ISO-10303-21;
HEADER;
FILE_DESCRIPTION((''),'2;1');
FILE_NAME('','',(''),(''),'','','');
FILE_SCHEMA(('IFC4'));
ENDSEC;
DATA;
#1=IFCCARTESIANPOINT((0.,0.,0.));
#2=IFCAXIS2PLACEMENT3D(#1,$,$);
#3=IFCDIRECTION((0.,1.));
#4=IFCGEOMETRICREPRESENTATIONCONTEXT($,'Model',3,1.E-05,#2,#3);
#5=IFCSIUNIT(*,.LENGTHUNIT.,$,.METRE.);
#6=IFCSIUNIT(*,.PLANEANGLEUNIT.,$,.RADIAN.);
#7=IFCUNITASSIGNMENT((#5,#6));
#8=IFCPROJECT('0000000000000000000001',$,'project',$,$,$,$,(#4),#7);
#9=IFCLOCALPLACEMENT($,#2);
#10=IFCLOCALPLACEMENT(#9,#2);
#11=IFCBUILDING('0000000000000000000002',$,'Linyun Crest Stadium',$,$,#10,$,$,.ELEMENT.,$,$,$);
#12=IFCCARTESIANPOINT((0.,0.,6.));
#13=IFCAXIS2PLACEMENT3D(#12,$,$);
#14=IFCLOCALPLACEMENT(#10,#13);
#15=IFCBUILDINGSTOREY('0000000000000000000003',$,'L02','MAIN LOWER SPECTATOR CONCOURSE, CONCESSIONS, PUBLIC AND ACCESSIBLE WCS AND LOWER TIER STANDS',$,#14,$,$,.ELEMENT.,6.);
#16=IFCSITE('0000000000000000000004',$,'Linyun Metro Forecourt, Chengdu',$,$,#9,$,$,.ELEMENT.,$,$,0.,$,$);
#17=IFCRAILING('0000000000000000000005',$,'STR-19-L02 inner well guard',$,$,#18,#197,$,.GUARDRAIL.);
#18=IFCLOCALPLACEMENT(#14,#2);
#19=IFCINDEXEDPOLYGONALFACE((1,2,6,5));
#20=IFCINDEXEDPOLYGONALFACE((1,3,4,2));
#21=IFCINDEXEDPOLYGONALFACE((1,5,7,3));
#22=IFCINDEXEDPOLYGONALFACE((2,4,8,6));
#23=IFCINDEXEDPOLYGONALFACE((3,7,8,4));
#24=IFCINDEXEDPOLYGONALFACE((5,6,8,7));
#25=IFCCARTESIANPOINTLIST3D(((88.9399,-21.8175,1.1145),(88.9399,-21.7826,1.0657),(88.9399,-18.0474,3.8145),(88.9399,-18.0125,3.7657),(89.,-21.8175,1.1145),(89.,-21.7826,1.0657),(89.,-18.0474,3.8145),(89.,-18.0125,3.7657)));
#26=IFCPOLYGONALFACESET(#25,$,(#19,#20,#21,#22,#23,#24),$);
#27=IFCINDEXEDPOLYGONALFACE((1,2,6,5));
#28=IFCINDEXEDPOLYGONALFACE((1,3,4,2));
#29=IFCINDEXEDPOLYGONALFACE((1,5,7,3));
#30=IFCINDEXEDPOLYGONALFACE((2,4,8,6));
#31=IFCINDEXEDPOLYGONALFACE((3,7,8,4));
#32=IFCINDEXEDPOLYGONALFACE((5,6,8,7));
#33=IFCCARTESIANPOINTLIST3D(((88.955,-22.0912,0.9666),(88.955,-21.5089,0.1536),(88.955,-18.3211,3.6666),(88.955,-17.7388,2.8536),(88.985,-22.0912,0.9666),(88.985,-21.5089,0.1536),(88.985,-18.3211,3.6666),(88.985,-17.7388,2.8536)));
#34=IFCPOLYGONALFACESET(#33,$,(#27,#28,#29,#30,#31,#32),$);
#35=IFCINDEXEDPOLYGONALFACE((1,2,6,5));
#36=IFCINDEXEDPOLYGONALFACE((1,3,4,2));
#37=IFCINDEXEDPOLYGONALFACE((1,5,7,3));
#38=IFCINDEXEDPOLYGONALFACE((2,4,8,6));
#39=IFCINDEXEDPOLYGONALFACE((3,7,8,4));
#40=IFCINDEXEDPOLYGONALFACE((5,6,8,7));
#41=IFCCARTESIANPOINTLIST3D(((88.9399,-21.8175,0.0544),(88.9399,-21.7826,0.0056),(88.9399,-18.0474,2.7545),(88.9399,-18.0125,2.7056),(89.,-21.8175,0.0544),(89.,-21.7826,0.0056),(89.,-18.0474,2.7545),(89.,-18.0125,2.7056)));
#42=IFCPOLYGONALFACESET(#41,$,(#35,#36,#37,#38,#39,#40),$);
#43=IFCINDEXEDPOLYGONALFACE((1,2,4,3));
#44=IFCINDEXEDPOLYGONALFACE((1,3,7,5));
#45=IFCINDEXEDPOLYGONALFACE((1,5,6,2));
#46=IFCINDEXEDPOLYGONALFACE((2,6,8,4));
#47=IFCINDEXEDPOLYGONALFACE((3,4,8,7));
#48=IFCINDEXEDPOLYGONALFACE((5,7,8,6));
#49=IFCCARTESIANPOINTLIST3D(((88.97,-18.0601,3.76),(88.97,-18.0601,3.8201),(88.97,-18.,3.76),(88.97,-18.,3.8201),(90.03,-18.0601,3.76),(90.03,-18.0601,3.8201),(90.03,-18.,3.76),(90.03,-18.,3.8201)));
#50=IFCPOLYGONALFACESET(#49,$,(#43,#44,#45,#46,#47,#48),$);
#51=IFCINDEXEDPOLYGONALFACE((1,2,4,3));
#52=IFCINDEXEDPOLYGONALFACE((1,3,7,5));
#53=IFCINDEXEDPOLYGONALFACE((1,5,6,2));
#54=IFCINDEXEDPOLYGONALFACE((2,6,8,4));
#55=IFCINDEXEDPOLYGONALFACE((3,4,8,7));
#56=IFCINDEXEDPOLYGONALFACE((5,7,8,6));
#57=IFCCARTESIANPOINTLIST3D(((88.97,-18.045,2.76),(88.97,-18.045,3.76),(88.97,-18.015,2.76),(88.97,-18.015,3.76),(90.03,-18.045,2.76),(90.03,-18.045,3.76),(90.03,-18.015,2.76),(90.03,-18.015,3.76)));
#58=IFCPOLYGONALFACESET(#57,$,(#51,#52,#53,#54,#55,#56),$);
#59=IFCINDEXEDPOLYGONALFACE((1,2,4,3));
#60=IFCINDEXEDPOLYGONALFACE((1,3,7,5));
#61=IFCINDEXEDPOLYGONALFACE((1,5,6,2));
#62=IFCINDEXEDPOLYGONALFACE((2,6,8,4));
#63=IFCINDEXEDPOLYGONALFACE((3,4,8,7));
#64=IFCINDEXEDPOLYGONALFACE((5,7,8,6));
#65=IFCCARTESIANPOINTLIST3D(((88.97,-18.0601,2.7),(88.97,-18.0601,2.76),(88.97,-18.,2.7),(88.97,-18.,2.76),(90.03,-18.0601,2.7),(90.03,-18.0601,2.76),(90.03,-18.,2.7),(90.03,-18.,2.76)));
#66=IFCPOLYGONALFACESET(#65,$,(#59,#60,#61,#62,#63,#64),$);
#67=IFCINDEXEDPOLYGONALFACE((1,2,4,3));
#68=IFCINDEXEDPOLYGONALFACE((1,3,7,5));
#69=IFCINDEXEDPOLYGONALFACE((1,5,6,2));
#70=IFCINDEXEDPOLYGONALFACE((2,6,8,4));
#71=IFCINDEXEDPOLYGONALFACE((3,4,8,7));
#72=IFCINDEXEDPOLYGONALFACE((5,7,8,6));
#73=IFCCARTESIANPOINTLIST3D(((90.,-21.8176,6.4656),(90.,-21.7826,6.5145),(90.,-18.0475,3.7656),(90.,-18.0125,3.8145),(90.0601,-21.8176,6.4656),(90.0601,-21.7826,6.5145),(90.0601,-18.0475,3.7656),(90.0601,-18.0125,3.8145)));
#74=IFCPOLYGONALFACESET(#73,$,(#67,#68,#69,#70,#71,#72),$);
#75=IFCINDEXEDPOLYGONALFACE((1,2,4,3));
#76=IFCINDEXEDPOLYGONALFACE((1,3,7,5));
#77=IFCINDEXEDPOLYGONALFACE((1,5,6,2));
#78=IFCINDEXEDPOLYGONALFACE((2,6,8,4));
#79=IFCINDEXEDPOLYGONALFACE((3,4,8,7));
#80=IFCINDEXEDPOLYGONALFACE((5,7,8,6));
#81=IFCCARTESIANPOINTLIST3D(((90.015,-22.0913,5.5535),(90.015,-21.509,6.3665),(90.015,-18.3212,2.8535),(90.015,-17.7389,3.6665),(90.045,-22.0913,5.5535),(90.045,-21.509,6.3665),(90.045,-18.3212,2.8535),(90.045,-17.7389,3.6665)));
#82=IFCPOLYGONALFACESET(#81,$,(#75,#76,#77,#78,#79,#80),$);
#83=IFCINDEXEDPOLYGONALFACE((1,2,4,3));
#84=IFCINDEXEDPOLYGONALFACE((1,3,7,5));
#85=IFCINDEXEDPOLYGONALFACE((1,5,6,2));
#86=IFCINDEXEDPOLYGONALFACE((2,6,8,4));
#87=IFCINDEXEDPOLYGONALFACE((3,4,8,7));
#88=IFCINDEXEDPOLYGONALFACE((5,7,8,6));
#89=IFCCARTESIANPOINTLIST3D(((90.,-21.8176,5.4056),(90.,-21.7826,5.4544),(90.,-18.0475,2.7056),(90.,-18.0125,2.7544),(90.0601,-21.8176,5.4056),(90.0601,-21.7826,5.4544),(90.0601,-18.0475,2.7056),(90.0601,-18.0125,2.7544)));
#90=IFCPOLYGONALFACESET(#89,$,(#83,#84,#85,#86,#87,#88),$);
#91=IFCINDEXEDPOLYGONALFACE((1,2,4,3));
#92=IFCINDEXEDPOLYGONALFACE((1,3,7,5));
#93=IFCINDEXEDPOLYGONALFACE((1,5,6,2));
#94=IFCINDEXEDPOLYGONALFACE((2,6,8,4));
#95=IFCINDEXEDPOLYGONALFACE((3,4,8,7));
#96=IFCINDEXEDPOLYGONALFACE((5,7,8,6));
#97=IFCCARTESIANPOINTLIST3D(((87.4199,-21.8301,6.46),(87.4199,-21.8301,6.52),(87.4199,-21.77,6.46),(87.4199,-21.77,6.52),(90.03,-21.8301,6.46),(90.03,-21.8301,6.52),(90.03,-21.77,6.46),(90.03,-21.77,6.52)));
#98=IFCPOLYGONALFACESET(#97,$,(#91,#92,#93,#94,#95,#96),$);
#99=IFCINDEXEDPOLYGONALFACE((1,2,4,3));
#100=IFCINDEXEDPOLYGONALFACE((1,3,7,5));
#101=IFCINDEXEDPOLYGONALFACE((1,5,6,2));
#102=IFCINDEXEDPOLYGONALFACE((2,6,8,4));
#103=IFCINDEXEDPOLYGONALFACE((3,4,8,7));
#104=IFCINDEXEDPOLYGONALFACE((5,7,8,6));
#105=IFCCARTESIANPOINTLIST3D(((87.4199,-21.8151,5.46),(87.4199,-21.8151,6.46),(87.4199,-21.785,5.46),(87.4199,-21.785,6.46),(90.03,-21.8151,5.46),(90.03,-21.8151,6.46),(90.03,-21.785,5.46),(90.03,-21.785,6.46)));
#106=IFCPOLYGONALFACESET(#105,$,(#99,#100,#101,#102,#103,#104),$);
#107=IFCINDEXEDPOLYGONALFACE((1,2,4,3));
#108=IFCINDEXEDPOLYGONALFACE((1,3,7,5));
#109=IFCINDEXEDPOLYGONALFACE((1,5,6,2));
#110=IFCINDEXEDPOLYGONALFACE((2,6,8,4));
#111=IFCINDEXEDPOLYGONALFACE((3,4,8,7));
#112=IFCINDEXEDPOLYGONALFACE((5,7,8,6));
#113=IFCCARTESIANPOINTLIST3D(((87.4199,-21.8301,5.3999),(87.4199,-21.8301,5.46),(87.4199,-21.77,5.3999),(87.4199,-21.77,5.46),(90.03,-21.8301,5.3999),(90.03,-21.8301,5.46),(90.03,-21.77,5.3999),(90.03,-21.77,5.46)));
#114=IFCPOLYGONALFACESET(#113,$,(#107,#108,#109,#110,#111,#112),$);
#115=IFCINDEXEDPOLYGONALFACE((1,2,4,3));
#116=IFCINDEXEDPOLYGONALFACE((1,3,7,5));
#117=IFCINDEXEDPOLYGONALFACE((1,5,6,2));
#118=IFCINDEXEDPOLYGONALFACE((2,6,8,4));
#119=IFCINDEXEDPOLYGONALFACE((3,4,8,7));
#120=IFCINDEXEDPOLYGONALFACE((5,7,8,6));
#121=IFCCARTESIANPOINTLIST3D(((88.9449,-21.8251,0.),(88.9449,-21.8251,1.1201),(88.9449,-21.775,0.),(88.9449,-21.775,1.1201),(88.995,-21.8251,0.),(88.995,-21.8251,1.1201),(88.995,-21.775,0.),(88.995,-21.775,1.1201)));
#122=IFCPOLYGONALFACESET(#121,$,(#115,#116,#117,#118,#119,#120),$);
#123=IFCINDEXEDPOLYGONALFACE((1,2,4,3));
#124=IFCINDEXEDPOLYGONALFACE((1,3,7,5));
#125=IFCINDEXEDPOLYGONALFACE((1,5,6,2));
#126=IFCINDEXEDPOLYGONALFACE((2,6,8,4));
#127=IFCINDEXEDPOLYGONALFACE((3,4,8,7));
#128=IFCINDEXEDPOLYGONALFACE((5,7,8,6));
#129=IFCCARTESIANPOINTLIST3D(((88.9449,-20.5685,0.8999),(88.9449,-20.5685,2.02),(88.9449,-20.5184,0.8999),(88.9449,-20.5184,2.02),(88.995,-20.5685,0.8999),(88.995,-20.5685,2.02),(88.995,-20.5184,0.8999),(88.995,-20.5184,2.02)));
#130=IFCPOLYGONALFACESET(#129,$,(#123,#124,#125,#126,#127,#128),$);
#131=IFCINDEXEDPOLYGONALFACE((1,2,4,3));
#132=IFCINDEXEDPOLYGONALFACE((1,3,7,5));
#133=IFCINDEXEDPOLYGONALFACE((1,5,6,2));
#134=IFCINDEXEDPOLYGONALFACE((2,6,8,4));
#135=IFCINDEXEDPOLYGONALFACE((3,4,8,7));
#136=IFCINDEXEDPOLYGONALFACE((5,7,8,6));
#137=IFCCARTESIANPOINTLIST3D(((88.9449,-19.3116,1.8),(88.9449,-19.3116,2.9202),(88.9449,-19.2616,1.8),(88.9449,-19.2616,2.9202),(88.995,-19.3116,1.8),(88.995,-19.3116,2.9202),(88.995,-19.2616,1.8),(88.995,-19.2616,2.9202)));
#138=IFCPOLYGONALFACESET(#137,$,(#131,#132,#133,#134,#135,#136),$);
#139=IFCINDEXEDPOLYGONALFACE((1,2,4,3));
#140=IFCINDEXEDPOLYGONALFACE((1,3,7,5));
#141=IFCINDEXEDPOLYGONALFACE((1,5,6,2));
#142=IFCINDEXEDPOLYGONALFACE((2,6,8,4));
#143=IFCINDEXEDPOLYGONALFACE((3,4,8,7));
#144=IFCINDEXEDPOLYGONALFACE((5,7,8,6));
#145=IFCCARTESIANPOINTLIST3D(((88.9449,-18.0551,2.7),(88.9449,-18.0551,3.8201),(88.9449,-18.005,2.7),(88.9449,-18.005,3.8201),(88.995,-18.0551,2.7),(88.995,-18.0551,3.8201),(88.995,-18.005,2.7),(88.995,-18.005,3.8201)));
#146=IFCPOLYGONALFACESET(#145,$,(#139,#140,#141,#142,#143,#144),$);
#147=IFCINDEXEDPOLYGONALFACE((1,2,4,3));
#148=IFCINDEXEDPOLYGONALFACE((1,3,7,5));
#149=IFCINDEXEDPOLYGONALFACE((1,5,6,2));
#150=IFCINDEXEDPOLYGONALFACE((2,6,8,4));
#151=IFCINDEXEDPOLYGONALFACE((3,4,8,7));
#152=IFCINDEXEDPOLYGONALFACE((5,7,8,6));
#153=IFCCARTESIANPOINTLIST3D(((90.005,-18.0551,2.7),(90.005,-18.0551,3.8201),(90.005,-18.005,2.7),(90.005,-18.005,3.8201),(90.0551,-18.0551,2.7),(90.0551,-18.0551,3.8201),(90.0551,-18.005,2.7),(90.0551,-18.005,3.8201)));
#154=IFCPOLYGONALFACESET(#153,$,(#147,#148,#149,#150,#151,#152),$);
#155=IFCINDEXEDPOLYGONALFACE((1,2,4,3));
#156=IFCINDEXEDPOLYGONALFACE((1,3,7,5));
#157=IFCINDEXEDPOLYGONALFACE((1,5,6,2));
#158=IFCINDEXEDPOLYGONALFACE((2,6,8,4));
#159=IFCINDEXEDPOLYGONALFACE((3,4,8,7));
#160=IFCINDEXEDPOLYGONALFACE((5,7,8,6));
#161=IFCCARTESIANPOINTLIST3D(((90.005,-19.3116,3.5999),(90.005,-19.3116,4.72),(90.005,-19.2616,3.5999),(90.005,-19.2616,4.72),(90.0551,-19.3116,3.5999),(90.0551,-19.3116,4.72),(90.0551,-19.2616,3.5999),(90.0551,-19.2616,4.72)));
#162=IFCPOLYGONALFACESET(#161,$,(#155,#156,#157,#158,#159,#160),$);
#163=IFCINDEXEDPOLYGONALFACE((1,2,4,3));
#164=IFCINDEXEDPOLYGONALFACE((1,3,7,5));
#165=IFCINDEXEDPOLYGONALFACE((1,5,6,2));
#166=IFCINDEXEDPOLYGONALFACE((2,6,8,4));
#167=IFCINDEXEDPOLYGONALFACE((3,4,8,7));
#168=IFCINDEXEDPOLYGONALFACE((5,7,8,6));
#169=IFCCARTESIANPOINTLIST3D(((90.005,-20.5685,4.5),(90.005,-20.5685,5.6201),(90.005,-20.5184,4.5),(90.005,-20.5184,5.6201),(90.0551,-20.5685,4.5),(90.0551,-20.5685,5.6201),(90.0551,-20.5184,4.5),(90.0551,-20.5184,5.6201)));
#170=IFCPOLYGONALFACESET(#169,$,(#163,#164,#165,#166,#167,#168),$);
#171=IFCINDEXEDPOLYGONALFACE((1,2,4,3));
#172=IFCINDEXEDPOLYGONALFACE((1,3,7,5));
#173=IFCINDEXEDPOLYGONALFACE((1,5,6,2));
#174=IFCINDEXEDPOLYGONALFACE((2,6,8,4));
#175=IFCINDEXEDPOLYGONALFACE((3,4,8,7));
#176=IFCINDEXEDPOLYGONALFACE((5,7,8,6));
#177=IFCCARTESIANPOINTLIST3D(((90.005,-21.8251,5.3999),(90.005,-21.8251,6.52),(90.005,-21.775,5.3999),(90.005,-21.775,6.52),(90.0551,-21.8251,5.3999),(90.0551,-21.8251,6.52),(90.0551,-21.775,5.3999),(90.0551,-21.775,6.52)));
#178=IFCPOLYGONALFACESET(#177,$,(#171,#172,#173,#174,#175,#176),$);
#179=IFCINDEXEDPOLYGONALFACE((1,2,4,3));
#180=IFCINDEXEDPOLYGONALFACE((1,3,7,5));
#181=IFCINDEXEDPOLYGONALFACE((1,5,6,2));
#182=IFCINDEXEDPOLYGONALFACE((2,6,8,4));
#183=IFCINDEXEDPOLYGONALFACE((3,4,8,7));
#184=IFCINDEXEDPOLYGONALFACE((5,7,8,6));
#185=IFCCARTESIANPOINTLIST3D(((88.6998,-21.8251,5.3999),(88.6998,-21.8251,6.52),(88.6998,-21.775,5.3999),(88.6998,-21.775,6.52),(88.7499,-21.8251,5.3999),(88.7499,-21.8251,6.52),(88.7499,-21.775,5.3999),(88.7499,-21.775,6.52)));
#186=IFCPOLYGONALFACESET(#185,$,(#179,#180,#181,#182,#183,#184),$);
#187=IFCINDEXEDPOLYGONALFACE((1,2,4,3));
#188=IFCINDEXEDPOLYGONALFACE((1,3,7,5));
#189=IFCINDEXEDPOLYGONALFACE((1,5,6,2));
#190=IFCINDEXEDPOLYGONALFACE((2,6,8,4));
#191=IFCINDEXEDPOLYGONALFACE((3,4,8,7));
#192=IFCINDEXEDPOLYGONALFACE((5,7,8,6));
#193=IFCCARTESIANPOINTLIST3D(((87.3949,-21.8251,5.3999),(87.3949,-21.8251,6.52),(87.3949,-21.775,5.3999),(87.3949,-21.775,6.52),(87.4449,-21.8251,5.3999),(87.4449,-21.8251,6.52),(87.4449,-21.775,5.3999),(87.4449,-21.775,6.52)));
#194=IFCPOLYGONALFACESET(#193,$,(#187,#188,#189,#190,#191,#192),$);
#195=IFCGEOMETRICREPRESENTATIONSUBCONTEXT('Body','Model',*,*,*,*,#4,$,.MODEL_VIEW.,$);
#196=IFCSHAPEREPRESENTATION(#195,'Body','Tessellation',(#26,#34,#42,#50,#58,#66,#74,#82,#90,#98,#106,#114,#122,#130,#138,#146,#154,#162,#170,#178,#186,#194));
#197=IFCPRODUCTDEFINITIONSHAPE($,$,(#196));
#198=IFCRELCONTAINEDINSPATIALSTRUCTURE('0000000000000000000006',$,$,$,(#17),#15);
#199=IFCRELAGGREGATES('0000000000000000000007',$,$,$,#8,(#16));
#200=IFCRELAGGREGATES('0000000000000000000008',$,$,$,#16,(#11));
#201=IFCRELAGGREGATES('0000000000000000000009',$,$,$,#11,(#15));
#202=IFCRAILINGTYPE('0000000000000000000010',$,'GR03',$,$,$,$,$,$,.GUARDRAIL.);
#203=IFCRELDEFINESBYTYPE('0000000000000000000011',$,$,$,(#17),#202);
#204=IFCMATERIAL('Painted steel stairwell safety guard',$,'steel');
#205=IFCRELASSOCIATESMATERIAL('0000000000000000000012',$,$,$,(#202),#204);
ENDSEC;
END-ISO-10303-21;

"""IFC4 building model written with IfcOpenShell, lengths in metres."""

from ifc_helpers import new_model, si_unit, direction, frame, origin, origin_2d, place, context, subcontext, project, spatial, rectangle, extrude, material, type_object, element, save


model = new_model("IFC4")

# Units and contexts
model_context = context("Model", 3, precision=1e-05, world=origin(), true_north=direction((0.0, 1.0)))
body_context = subcontext(model_context, "Body", "Model", "MODEL_VIEW")
ifc_project = project(units=[si_unit("LENGTHUNIT", "METRE"), si_unit("PLANEANGLEUNIT", "RADIAN")], contexts=[model_context])

# Site, building, storey
site_placement = place(None, origin())
site = spatial("IfcSite", under=ifc_project, at=site_placement, Name="Linyun Metro Forecourt, Chengdu", CompositionType="ELEMENT", RefElevation=0.0)
building_placement = place(site_placement, origin())
building = spatial("IfcBuilding", under=site, at=building_placement, Name="Linyun Crest Stadium", CompositionType="ELEMENT")
storey_placement = place(building_placement, frame((0.0, 0.0, 6.0)))
storey = spatial("IfcBuildingStorey", under=building, at=storey_placement, Name="L02", Description="MAIN LOWER SPECTATOR CONCOURSE, CONCESSIONS, PUBLIC AND ACCESSIBLE WCS AND LOWER TIER STANDS", CompositionType="ELEMENT", Elevation=6.0)

# Railing
ifc_material_1 = material(Name="Painted steel stairwell safety guard", Category="steel")
railing_type_1 = type_object("IfcRailingType", Name="GR03", PredefinedType="GUARDRAIL", material=ifc_material_1)
railing_1_placement = place(storey_placement, frame((88.97, -21.8, 0.0)))
element("IfcRailing", 1, at=railing_1_placement, inside=storey, type_object=railing_type_1, Name="STR-19-L02 inner well guard", PredefinedType="GUARDRAIL", context=body_context, shape_type="SweptSolid", body=[
    extrude(rectangle(XDim=0.0601, YDim=0.0601, at=origin_2d()), frame((0.0, 0.0, 1.0901), z_axis=(0.0, 0.813011, 0.582249), x_axis=(-1.0, 0.0, 0.0)), (0.0, 0.0, 1.0), 4.6372),
    extrude(rectangle(XDim=0.03, YDim=1.0, at=origin_2d()), frame((0.0, 0.0, 0.5601), z_axis=(0.0, 0.813011, 0.582249), x_axis=(-1.0, 0.0, 0.0)), (0.0, 0.0, 1.0), 4.6372),
    extrude(rectangle(XDim=0.0601, YDim=0.0601, at=origin_2d()), frame((0.0, 0.0, 0.03), z_axis=(0.0, 0.813011, 0.582249), x_axis=(-1.0, 0.0, 0.0)), (0.0, 0.0, 1.0), 4.6372),
    extrude(rectangle(XDim=0.0601, YDim=0.0601, at=origin_2d()), frame((0.0, 3.77, 3.79), z_axis=(1.0, 0.0, 0.0), x_axis=(0.0, 1.0, 0.0)), (0.0, 0.0, 1.0), 1.0601),
    extrude(rectangle(XDim=0.03, YDim=1.0, at=origin_2d()), frame((0.0, 3.77, 3.26), z_axis=(1.0, 0.0, 0.0), x_axis=(0.0, 1.0, 0.0)), (0.0, 0.0, 1.0), 1.0601),
    extrude(rectangle(XDim=0.0601, YDim=0.0601, at=origin_2d()), frame((0.0, 3.77, 2.73), z_axis=(1.0, 0.0, 0.0), x_axis=(0.0, 1.0, 0.0)), (0.0, 0.0, 1.0), 1.0601),
    extrude(rectangle(XDim=0.0601, YDim=0.0601, at=origin_2d()), frame((1.0601, 3.77, 3.79), z_axis=(0.0, -0.813011, 0.582249), x_axis=(1.0, 0.0, 0.0)), (0.0, 0.0, 1.0), 4.6372),
    extrude(rectangle(XDim=0.03, YDim=1.0, at=origin_2d()), frame((1.0601, 3.77, 3.26), z_axis=(0.0, -0.813011, 0.582249), x_axis=(1.0, 0.0, 0.0)), (0.0, 0.0, 1.0), 4.6372),
    extrude(rectangle(XDim=0.0601, YDim=0.0601, at=origin_2d()), frame((1.0601, 3.77, 2.73), z_axis=(0.0, -0.813011, 0.582249), x_axis=(1.0, 0.0, 0.0)), (0.0, 0.0, 1.0), 4.6372),
    extrude(rectangle(XDim=0.0601, YDim=0.0601, at=origin_2d()), frame((1.0601, 0.0, 6.49), z_axis=(-1.0, 0.0, 0.0), x_axis=(0.0, -1.0, 0.0)), (0.0, 0.0, 1.0), 2.6101),
    extrude(rectangle(XDim=0.03, YDim=1.0, at=origin_2d()), frame((1.0601, 0.0, 5.96), z_axis=(-1.0, 0.0, 0.0), x_axis=(0.0, -1.0, 0.0)), (0.0, 0.0, 1.0), 2.6101),
    extrude(rectangle(XDim=0.0601, YDim=0.0601, at=origin_2d()), frame((1.0601, 0.0, 5.4299), z_axis=(-1.0, 0.0, 0.0), x_axis=(0.0, -1.0, 0.0)), (0.0, 0.0, 1.0), 2.6101),
    extrude(rectangle(XDim=0.05, YDim=0.05, at=origin_2d()), origin(), (0.0, 0.0, 1.0), 1.1201),
    extrude(rectangle(XDim=0.05, YDim=0.05, at=origin_2d()), frame((0.0, 1.2566, 0.8999)), (0.0, 0.0, 1.0), 1.1201),
    extrude(rectangle(XDim=0.05, YDim=0.05, at=origin_2d()), frame((0.0, 2.5134, 1.8)), (0.0, 0.0, 1.0), 1.1201),
    extrude(rectangle(XDim=0.05, YDim=0.05, at=origin_2d()), frame((0.0, 3.77, 2.7)), (0.0, 0.0, 1.0), 1.1201),
    extrude(rectangle(XDim=0.05, YDim=0.05, at=origin_2d()), frame((1.0601, 3.77, 2.7)), (0.0, 0.0, 1.0), 1.1201),
    extrude(rectangle(XDim=0.05, YDim=0.05, at=origin_2d()), frame((1.0601, 2.5134, 3.5999)), (0.0, 0.0, 1.0), 1.1201),
    extrude(rectangle(XDim=0.05, YDim=0.05, at=origin_2d()), frame((1.0601, 1.2566, 4.5)), (0.0, 0.0, 1.0), 1.1201),
    extrude(rectangle(XDim=0.05, YDim=0.05, at=origin_2d()), frame((1.0601, 0.0, 5.3999)), (0.0, 0.0, 1.0), 1.1201),
    extrude(rectangle(XDim=0.05, YDim=0.05, at=origin_2d()), frame((-0.2451, 0.0, 5.3999)), (0.0, 0.0, 1.0), 1.1201),
    extrude(rectangle(XDim=0.05, YDim=0.05, at=origin_2d()), frame((-1.55, 0.0, 5.3999)), (0.0, 0.0, 1.0), 1.1201),
])

save(model, "model.ifc")
